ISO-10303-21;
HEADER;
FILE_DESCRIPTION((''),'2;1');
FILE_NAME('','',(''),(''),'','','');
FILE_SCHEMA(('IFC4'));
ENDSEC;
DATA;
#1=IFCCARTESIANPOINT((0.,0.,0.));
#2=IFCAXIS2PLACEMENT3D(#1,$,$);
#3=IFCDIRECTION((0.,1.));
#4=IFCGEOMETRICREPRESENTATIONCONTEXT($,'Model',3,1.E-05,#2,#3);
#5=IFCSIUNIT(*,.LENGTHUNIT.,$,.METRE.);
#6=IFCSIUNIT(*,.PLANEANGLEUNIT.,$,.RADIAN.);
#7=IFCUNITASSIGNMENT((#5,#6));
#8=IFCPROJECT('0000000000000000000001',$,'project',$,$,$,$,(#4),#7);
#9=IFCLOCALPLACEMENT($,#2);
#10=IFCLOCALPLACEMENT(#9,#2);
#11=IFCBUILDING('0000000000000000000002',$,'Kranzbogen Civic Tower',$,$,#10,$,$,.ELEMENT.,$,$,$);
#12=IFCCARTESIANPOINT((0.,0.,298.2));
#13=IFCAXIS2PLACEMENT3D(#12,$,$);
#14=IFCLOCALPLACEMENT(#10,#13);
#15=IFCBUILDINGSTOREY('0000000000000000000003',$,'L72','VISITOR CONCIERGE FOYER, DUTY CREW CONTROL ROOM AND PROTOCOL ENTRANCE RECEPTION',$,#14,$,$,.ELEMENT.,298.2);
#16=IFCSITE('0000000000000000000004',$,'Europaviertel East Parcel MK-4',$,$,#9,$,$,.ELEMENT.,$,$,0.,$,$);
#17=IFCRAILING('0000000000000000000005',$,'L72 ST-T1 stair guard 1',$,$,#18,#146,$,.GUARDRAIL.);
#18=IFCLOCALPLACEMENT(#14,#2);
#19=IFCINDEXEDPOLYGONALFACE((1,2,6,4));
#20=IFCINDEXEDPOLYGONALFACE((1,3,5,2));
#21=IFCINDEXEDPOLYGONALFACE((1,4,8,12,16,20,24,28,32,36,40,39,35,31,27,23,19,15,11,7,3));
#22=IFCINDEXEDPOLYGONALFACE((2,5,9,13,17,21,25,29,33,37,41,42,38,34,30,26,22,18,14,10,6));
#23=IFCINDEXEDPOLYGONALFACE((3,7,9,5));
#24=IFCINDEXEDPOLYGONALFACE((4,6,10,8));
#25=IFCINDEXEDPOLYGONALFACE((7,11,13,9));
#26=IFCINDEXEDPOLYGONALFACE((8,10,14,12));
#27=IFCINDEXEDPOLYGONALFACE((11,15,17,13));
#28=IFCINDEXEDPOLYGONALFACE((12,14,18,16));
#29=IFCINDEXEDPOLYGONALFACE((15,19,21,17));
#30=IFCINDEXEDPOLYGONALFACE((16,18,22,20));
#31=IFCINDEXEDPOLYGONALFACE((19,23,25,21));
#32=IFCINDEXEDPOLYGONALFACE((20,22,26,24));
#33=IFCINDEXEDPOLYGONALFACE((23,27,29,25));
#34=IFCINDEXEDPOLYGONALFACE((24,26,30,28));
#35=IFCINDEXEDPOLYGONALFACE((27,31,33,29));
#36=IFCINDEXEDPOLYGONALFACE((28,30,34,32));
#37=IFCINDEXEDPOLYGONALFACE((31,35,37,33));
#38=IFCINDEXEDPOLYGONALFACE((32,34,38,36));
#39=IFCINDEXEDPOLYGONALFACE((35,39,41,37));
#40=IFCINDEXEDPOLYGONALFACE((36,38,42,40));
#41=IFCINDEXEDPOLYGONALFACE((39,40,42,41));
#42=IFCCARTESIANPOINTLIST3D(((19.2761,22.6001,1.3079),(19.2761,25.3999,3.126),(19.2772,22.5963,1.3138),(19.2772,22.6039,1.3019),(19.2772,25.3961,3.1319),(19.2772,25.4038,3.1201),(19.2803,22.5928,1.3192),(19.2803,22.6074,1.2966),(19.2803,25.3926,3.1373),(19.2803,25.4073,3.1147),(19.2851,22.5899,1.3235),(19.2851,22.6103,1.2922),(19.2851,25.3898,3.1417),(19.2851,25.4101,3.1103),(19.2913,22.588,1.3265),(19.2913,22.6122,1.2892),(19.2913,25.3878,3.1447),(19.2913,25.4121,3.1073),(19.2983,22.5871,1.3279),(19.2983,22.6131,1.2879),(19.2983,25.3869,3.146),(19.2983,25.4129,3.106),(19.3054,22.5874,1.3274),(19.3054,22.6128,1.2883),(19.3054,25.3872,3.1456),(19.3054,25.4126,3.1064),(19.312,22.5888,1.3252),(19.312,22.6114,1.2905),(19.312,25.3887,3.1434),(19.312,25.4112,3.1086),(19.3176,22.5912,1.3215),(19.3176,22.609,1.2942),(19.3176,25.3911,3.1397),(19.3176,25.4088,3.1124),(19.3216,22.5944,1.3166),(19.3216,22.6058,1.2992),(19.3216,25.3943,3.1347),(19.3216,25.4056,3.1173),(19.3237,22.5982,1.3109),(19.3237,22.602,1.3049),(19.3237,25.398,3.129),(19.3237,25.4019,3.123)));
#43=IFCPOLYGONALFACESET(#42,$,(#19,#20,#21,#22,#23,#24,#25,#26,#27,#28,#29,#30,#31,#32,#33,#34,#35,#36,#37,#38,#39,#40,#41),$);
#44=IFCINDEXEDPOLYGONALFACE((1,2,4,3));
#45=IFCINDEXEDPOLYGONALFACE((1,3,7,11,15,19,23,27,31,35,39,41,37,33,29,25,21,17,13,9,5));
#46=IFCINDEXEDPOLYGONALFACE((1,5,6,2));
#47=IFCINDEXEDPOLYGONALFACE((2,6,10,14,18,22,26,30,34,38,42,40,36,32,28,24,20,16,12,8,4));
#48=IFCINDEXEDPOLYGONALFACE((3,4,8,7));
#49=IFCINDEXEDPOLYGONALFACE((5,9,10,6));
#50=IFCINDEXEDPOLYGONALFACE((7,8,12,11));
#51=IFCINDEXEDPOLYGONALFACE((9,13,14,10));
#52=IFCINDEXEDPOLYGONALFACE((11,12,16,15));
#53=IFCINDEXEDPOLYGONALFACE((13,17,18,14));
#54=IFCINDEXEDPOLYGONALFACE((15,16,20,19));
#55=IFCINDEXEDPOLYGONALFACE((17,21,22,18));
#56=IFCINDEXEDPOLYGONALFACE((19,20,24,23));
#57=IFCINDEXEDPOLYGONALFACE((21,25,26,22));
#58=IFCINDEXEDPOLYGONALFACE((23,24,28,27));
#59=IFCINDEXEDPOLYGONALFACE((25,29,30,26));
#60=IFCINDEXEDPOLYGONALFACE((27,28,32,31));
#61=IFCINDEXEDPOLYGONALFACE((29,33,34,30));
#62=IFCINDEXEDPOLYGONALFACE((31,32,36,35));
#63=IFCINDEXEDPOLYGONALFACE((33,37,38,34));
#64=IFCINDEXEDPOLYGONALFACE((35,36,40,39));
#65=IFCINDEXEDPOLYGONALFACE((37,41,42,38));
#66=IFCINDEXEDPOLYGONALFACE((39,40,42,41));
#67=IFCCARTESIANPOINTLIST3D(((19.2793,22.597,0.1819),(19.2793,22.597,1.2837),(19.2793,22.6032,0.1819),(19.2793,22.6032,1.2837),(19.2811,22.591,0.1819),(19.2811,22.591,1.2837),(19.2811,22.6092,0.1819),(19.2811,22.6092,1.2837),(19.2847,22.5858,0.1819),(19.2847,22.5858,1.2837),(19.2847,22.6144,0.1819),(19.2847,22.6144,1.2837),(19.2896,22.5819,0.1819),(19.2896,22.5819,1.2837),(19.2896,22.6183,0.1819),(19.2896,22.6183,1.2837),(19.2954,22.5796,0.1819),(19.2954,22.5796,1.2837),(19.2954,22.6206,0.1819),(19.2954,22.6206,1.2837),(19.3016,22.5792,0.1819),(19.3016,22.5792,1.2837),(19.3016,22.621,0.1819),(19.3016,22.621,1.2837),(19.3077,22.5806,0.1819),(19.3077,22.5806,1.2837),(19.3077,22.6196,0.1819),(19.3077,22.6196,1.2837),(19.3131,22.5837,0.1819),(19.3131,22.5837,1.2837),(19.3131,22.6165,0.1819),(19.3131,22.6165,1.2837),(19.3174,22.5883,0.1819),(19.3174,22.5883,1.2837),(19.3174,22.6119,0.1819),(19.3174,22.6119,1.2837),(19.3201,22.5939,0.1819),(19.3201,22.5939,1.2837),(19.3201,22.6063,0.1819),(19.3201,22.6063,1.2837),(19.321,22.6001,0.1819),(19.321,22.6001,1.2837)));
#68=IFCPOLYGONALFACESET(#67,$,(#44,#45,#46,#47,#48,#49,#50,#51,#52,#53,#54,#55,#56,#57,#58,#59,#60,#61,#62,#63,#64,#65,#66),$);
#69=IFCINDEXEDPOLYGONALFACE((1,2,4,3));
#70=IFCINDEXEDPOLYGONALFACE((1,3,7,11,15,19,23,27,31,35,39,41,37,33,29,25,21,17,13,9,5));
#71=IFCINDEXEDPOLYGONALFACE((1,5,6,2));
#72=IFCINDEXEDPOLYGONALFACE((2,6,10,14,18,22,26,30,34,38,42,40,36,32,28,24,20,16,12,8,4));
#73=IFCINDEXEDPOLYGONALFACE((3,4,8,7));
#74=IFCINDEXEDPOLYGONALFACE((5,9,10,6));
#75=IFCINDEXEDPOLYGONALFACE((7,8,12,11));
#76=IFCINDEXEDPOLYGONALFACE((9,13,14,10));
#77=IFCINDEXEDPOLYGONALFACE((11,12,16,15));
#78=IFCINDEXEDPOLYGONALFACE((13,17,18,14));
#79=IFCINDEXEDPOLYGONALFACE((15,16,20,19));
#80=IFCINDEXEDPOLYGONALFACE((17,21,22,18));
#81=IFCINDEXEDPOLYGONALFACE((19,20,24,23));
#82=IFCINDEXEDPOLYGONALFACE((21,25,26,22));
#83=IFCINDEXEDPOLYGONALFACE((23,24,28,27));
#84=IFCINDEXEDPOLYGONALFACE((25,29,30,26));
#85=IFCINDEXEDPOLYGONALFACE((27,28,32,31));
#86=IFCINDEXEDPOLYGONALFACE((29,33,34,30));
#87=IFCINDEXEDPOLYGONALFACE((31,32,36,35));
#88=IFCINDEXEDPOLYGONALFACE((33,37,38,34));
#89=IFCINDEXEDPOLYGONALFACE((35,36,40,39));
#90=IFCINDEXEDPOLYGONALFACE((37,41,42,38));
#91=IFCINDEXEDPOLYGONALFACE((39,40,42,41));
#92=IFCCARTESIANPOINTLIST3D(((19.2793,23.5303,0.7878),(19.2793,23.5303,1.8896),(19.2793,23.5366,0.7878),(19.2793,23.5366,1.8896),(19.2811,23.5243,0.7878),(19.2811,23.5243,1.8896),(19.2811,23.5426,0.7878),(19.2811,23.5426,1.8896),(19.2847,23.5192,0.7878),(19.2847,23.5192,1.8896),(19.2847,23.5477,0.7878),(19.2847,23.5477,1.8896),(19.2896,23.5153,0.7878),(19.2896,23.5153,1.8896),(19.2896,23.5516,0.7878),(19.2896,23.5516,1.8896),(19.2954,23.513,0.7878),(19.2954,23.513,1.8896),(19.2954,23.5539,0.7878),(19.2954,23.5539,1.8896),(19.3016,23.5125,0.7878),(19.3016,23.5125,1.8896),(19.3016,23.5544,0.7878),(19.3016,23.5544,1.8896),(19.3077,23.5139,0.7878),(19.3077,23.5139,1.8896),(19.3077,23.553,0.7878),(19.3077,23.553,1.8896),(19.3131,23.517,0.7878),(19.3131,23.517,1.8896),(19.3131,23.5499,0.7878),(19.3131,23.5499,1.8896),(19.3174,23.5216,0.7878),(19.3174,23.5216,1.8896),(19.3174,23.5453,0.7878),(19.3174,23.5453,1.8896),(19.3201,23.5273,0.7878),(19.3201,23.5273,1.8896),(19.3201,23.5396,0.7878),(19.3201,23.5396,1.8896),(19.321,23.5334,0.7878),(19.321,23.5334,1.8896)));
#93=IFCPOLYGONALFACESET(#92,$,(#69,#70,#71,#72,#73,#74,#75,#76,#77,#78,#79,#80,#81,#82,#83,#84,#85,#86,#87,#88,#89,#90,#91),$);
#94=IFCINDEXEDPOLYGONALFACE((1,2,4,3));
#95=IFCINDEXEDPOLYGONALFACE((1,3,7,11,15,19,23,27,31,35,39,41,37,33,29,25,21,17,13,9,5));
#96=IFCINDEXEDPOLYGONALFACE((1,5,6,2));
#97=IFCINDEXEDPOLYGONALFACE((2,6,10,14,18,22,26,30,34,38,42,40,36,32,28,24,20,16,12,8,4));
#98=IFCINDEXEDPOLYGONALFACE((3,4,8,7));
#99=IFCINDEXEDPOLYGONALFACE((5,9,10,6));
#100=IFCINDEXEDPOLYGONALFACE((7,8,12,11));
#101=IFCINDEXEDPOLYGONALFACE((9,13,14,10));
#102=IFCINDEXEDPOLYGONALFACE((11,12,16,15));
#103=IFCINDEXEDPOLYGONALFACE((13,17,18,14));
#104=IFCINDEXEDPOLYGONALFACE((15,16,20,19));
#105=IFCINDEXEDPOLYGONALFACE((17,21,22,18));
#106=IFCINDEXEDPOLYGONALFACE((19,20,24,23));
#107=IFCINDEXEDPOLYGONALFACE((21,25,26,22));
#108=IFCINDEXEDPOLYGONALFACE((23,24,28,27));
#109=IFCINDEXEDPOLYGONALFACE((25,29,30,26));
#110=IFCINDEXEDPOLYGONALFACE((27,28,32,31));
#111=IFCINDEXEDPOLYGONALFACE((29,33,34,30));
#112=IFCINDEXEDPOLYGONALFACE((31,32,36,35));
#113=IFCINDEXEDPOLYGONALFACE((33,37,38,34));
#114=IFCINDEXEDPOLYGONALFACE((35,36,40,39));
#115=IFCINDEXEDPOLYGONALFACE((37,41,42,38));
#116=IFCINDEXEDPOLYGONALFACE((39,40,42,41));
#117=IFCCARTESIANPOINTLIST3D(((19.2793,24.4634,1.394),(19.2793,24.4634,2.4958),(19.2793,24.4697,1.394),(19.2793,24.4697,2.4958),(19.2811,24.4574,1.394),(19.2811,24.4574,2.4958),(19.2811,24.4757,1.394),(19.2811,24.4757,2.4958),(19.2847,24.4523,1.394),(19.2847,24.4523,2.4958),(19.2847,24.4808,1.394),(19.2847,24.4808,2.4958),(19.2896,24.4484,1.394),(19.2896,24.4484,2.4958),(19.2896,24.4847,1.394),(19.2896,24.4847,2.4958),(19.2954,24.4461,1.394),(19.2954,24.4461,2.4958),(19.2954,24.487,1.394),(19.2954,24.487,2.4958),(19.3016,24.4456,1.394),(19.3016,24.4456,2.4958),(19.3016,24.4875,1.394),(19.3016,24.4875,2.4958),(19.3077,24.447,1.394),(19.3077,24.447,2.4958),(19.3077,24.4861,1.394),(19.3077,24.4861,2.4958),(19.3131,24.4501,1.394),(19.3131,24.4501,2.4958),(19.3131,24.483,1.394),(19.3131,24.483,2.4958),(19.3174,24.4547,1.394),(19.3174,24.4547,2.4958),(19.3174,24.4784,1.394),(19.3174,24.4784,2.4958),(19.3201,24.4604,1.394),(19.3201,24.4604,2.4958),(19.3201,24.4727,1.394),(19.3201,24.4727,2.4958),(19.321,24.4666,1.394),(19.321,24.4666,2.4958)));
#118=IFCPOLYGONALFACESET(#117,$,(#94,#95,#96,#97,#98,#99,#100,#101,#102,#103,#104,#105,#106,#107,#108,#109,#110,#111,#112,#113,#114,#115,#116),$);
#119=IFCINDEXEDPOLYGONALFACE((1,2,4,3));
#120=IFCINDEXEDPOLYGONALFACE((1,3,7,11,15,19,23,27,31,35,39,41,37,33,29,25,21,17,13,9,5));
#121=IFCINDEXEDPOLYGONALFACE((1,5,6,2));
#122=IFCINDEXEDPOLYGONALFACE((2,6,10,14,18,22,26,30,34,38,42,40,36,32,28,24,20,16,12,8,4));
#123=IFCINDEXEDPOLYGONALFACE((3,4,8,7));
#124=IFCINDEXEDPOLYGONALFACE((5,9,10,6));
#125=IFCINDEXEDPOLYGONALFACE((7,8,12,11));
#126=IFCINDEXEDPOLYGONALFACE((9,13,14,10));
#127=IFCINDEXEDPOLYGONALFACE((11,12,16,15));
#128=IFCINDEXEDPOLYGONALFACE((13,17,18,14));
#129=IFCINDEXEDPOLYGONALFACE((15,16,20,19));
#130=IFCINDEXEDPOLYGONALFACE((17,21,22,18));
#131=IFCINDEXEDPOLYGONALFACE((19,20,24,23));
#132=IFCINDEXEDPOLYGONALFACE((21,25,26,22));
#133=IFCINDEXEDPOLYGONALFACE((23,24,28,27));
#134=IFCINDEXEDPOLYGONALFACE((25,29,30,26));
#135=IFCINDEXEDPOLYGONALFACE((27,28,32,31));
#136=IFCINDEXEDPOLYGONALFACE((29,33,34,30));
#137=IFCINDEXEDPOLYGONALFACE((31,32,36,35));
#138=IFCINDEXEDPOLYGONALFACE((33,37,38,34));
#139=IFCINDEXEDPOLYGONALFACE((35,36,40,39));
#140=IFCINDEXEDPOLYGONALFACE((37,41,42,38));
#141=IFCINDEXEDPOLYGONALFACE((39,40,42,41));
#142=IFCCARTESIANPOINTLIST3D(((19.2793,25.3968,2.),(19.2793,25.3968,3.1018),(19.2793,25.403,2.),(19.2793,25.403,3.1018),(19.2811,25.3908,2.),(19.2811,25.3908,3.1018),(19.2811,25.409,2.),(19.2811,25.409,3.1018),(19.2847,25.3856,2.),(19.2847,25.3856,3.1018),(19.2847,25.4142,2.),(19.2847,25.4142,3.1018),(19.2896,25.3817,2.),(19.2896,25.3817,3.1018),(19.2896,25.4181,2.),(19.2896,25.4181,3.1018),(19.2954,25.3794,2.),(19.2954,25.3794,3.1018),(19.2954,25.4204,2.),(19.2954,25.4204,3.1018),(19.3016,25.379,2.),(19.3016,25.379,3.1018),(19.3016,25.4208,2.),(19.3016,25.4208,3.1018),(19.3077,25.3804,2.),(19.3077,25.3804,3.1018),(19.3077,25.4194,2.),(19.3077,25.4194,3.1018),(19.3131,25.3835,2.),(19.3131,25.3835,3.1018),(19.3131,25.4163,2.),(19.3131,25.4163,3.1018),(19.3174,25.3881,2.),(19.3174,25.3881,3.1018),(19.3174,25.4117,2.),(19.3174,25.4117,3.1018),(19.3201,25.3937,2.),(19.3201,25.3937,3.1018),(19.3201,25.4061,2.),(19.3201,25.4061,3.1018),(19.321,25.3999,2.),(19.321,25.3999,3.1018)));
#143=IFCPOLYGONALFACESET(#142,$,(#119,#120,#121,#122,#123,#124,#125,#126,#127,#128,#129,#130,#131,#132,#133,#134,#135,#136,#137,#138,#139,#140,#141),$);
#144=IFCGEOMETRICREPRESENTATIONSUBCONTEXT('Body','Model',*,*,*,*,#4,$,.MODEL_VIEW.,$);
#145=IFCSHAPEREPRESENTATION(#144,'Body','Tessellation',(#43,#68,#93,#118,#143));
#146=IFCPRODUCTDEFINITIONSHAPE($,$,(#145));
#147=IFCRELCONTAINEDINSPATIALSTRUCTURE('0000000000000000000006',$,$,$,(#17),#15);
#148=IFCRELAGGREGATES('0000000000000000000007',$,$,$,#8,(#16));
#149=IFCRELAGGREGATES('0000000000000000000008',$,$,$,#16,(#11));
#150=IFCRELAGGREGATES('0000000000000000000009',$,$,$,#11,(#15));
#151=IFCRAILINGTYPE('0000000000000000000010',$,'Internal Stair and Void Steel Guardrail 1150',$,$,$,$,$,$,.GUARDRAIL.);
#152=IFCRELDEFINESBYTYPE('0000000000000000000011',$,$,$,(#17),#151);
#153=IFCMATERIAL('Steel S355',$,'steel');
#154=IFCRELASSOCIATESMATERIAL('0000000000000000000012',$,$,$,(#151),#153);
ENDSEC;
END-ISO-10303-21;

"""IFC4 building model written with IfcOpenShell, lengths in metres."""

from ifc_helpers import new_model, si_unit, direction, frame, origin, origin_2d, place, context, subcontext, project, spatial, circle, extrude, material, type_object, element, save


model = new_model("IFC4")

# Units and contexts
model_context = context("Model", 3, precision=1e-05, world=origin(), true_north=direction((0.0, 1.0)))
body_context = subcontext(model_context, "Body", "Model", "MODEL_VIEW")
ifc_project = project(units=[si_unit("LENGTHUNIT", "METRE"), si_unit("PLANEANGLEUNIT", "RADIAN")], contexts=[model_context])

# Site, building, storey
site_placement = place(None, origin())
site = spatial("IfcSite", under=ifc_project, at=site_placement, Name="Europaviertel East Parcel MK-4", CompositionType="ELEMENT", RefElevation=0.0)
building_placement = place(site_placement, origin())
building = spatial("IfcBuilding", under=site, at=building_placement, Name="Kranzbogen Civic Tower", CompositionType="ELEMENT")
storey_placement = place(building_placement, frame((0.0, 0.0, 298.2)))
storey = spatial("IfcBuildingStorey", under=building, at=storey_placement, Name="L72", Description="VISITOR CONCIERGE FOYER, DUTY CREW CONTROL ROOM AND PROTOCOL ENTRANCE RECEPTION", CompositionType="ELEMENT", Elevation=298.2)

# Shared definitions
ifc_material_1 = material(Name="Steel S355", Category="steel")

# Railing
railing_type = type_object("IfcRailingType", Name="Internal Stair and Void Steel Guardrail 1150", PredefinedType="GUARDRAIL", material=ifc_material_1)
railing_1_placement = place(storey_placement, frame((19.3, 22.6001, 0.1819)))
element("IfcRailing", 1, at=railing_1_placement, inside=storey, type_object=railing_type, Name="L72 ST-T1 stair guard 1", PredefinedType="GUARDRAIL", context=body_context, shape_type="SweptSolid", body=[
    extrude(circle(Radius=0.0239, at=origin_2d()), frame((0.0, 0.0, 1.126), z_axis=(0.0, 0.838684, 0.544618), x_axis=(-1.0, 0.0, 0.0)), (0.0, 0.0, 1.0), 3.3384),
    extrude(circle(Radius=0.021, at=origin_2d()), origin(), (0.0, 0.0, 1.0), 1.1018),
    extrude(circle(Radius=0.021, at=origin_2d()), frame((0.0, 0.9333, 0.606)), (0.0, 0.0, 1.0), 1.1018),
    extrude(circle(Radius=0.021, at=origin_2d()), frame((0.0, 1.8665, 1.2122)), (0.0, 0.0, 1.0), 1.1018),
    extrude(circle(Radius=0.021, at=origin_2d()), frame((0.0, 2.7998, 1.8181)), (0.0, 0.0, 1.0), 1.1018),
])

save(model, "model.ifc")
